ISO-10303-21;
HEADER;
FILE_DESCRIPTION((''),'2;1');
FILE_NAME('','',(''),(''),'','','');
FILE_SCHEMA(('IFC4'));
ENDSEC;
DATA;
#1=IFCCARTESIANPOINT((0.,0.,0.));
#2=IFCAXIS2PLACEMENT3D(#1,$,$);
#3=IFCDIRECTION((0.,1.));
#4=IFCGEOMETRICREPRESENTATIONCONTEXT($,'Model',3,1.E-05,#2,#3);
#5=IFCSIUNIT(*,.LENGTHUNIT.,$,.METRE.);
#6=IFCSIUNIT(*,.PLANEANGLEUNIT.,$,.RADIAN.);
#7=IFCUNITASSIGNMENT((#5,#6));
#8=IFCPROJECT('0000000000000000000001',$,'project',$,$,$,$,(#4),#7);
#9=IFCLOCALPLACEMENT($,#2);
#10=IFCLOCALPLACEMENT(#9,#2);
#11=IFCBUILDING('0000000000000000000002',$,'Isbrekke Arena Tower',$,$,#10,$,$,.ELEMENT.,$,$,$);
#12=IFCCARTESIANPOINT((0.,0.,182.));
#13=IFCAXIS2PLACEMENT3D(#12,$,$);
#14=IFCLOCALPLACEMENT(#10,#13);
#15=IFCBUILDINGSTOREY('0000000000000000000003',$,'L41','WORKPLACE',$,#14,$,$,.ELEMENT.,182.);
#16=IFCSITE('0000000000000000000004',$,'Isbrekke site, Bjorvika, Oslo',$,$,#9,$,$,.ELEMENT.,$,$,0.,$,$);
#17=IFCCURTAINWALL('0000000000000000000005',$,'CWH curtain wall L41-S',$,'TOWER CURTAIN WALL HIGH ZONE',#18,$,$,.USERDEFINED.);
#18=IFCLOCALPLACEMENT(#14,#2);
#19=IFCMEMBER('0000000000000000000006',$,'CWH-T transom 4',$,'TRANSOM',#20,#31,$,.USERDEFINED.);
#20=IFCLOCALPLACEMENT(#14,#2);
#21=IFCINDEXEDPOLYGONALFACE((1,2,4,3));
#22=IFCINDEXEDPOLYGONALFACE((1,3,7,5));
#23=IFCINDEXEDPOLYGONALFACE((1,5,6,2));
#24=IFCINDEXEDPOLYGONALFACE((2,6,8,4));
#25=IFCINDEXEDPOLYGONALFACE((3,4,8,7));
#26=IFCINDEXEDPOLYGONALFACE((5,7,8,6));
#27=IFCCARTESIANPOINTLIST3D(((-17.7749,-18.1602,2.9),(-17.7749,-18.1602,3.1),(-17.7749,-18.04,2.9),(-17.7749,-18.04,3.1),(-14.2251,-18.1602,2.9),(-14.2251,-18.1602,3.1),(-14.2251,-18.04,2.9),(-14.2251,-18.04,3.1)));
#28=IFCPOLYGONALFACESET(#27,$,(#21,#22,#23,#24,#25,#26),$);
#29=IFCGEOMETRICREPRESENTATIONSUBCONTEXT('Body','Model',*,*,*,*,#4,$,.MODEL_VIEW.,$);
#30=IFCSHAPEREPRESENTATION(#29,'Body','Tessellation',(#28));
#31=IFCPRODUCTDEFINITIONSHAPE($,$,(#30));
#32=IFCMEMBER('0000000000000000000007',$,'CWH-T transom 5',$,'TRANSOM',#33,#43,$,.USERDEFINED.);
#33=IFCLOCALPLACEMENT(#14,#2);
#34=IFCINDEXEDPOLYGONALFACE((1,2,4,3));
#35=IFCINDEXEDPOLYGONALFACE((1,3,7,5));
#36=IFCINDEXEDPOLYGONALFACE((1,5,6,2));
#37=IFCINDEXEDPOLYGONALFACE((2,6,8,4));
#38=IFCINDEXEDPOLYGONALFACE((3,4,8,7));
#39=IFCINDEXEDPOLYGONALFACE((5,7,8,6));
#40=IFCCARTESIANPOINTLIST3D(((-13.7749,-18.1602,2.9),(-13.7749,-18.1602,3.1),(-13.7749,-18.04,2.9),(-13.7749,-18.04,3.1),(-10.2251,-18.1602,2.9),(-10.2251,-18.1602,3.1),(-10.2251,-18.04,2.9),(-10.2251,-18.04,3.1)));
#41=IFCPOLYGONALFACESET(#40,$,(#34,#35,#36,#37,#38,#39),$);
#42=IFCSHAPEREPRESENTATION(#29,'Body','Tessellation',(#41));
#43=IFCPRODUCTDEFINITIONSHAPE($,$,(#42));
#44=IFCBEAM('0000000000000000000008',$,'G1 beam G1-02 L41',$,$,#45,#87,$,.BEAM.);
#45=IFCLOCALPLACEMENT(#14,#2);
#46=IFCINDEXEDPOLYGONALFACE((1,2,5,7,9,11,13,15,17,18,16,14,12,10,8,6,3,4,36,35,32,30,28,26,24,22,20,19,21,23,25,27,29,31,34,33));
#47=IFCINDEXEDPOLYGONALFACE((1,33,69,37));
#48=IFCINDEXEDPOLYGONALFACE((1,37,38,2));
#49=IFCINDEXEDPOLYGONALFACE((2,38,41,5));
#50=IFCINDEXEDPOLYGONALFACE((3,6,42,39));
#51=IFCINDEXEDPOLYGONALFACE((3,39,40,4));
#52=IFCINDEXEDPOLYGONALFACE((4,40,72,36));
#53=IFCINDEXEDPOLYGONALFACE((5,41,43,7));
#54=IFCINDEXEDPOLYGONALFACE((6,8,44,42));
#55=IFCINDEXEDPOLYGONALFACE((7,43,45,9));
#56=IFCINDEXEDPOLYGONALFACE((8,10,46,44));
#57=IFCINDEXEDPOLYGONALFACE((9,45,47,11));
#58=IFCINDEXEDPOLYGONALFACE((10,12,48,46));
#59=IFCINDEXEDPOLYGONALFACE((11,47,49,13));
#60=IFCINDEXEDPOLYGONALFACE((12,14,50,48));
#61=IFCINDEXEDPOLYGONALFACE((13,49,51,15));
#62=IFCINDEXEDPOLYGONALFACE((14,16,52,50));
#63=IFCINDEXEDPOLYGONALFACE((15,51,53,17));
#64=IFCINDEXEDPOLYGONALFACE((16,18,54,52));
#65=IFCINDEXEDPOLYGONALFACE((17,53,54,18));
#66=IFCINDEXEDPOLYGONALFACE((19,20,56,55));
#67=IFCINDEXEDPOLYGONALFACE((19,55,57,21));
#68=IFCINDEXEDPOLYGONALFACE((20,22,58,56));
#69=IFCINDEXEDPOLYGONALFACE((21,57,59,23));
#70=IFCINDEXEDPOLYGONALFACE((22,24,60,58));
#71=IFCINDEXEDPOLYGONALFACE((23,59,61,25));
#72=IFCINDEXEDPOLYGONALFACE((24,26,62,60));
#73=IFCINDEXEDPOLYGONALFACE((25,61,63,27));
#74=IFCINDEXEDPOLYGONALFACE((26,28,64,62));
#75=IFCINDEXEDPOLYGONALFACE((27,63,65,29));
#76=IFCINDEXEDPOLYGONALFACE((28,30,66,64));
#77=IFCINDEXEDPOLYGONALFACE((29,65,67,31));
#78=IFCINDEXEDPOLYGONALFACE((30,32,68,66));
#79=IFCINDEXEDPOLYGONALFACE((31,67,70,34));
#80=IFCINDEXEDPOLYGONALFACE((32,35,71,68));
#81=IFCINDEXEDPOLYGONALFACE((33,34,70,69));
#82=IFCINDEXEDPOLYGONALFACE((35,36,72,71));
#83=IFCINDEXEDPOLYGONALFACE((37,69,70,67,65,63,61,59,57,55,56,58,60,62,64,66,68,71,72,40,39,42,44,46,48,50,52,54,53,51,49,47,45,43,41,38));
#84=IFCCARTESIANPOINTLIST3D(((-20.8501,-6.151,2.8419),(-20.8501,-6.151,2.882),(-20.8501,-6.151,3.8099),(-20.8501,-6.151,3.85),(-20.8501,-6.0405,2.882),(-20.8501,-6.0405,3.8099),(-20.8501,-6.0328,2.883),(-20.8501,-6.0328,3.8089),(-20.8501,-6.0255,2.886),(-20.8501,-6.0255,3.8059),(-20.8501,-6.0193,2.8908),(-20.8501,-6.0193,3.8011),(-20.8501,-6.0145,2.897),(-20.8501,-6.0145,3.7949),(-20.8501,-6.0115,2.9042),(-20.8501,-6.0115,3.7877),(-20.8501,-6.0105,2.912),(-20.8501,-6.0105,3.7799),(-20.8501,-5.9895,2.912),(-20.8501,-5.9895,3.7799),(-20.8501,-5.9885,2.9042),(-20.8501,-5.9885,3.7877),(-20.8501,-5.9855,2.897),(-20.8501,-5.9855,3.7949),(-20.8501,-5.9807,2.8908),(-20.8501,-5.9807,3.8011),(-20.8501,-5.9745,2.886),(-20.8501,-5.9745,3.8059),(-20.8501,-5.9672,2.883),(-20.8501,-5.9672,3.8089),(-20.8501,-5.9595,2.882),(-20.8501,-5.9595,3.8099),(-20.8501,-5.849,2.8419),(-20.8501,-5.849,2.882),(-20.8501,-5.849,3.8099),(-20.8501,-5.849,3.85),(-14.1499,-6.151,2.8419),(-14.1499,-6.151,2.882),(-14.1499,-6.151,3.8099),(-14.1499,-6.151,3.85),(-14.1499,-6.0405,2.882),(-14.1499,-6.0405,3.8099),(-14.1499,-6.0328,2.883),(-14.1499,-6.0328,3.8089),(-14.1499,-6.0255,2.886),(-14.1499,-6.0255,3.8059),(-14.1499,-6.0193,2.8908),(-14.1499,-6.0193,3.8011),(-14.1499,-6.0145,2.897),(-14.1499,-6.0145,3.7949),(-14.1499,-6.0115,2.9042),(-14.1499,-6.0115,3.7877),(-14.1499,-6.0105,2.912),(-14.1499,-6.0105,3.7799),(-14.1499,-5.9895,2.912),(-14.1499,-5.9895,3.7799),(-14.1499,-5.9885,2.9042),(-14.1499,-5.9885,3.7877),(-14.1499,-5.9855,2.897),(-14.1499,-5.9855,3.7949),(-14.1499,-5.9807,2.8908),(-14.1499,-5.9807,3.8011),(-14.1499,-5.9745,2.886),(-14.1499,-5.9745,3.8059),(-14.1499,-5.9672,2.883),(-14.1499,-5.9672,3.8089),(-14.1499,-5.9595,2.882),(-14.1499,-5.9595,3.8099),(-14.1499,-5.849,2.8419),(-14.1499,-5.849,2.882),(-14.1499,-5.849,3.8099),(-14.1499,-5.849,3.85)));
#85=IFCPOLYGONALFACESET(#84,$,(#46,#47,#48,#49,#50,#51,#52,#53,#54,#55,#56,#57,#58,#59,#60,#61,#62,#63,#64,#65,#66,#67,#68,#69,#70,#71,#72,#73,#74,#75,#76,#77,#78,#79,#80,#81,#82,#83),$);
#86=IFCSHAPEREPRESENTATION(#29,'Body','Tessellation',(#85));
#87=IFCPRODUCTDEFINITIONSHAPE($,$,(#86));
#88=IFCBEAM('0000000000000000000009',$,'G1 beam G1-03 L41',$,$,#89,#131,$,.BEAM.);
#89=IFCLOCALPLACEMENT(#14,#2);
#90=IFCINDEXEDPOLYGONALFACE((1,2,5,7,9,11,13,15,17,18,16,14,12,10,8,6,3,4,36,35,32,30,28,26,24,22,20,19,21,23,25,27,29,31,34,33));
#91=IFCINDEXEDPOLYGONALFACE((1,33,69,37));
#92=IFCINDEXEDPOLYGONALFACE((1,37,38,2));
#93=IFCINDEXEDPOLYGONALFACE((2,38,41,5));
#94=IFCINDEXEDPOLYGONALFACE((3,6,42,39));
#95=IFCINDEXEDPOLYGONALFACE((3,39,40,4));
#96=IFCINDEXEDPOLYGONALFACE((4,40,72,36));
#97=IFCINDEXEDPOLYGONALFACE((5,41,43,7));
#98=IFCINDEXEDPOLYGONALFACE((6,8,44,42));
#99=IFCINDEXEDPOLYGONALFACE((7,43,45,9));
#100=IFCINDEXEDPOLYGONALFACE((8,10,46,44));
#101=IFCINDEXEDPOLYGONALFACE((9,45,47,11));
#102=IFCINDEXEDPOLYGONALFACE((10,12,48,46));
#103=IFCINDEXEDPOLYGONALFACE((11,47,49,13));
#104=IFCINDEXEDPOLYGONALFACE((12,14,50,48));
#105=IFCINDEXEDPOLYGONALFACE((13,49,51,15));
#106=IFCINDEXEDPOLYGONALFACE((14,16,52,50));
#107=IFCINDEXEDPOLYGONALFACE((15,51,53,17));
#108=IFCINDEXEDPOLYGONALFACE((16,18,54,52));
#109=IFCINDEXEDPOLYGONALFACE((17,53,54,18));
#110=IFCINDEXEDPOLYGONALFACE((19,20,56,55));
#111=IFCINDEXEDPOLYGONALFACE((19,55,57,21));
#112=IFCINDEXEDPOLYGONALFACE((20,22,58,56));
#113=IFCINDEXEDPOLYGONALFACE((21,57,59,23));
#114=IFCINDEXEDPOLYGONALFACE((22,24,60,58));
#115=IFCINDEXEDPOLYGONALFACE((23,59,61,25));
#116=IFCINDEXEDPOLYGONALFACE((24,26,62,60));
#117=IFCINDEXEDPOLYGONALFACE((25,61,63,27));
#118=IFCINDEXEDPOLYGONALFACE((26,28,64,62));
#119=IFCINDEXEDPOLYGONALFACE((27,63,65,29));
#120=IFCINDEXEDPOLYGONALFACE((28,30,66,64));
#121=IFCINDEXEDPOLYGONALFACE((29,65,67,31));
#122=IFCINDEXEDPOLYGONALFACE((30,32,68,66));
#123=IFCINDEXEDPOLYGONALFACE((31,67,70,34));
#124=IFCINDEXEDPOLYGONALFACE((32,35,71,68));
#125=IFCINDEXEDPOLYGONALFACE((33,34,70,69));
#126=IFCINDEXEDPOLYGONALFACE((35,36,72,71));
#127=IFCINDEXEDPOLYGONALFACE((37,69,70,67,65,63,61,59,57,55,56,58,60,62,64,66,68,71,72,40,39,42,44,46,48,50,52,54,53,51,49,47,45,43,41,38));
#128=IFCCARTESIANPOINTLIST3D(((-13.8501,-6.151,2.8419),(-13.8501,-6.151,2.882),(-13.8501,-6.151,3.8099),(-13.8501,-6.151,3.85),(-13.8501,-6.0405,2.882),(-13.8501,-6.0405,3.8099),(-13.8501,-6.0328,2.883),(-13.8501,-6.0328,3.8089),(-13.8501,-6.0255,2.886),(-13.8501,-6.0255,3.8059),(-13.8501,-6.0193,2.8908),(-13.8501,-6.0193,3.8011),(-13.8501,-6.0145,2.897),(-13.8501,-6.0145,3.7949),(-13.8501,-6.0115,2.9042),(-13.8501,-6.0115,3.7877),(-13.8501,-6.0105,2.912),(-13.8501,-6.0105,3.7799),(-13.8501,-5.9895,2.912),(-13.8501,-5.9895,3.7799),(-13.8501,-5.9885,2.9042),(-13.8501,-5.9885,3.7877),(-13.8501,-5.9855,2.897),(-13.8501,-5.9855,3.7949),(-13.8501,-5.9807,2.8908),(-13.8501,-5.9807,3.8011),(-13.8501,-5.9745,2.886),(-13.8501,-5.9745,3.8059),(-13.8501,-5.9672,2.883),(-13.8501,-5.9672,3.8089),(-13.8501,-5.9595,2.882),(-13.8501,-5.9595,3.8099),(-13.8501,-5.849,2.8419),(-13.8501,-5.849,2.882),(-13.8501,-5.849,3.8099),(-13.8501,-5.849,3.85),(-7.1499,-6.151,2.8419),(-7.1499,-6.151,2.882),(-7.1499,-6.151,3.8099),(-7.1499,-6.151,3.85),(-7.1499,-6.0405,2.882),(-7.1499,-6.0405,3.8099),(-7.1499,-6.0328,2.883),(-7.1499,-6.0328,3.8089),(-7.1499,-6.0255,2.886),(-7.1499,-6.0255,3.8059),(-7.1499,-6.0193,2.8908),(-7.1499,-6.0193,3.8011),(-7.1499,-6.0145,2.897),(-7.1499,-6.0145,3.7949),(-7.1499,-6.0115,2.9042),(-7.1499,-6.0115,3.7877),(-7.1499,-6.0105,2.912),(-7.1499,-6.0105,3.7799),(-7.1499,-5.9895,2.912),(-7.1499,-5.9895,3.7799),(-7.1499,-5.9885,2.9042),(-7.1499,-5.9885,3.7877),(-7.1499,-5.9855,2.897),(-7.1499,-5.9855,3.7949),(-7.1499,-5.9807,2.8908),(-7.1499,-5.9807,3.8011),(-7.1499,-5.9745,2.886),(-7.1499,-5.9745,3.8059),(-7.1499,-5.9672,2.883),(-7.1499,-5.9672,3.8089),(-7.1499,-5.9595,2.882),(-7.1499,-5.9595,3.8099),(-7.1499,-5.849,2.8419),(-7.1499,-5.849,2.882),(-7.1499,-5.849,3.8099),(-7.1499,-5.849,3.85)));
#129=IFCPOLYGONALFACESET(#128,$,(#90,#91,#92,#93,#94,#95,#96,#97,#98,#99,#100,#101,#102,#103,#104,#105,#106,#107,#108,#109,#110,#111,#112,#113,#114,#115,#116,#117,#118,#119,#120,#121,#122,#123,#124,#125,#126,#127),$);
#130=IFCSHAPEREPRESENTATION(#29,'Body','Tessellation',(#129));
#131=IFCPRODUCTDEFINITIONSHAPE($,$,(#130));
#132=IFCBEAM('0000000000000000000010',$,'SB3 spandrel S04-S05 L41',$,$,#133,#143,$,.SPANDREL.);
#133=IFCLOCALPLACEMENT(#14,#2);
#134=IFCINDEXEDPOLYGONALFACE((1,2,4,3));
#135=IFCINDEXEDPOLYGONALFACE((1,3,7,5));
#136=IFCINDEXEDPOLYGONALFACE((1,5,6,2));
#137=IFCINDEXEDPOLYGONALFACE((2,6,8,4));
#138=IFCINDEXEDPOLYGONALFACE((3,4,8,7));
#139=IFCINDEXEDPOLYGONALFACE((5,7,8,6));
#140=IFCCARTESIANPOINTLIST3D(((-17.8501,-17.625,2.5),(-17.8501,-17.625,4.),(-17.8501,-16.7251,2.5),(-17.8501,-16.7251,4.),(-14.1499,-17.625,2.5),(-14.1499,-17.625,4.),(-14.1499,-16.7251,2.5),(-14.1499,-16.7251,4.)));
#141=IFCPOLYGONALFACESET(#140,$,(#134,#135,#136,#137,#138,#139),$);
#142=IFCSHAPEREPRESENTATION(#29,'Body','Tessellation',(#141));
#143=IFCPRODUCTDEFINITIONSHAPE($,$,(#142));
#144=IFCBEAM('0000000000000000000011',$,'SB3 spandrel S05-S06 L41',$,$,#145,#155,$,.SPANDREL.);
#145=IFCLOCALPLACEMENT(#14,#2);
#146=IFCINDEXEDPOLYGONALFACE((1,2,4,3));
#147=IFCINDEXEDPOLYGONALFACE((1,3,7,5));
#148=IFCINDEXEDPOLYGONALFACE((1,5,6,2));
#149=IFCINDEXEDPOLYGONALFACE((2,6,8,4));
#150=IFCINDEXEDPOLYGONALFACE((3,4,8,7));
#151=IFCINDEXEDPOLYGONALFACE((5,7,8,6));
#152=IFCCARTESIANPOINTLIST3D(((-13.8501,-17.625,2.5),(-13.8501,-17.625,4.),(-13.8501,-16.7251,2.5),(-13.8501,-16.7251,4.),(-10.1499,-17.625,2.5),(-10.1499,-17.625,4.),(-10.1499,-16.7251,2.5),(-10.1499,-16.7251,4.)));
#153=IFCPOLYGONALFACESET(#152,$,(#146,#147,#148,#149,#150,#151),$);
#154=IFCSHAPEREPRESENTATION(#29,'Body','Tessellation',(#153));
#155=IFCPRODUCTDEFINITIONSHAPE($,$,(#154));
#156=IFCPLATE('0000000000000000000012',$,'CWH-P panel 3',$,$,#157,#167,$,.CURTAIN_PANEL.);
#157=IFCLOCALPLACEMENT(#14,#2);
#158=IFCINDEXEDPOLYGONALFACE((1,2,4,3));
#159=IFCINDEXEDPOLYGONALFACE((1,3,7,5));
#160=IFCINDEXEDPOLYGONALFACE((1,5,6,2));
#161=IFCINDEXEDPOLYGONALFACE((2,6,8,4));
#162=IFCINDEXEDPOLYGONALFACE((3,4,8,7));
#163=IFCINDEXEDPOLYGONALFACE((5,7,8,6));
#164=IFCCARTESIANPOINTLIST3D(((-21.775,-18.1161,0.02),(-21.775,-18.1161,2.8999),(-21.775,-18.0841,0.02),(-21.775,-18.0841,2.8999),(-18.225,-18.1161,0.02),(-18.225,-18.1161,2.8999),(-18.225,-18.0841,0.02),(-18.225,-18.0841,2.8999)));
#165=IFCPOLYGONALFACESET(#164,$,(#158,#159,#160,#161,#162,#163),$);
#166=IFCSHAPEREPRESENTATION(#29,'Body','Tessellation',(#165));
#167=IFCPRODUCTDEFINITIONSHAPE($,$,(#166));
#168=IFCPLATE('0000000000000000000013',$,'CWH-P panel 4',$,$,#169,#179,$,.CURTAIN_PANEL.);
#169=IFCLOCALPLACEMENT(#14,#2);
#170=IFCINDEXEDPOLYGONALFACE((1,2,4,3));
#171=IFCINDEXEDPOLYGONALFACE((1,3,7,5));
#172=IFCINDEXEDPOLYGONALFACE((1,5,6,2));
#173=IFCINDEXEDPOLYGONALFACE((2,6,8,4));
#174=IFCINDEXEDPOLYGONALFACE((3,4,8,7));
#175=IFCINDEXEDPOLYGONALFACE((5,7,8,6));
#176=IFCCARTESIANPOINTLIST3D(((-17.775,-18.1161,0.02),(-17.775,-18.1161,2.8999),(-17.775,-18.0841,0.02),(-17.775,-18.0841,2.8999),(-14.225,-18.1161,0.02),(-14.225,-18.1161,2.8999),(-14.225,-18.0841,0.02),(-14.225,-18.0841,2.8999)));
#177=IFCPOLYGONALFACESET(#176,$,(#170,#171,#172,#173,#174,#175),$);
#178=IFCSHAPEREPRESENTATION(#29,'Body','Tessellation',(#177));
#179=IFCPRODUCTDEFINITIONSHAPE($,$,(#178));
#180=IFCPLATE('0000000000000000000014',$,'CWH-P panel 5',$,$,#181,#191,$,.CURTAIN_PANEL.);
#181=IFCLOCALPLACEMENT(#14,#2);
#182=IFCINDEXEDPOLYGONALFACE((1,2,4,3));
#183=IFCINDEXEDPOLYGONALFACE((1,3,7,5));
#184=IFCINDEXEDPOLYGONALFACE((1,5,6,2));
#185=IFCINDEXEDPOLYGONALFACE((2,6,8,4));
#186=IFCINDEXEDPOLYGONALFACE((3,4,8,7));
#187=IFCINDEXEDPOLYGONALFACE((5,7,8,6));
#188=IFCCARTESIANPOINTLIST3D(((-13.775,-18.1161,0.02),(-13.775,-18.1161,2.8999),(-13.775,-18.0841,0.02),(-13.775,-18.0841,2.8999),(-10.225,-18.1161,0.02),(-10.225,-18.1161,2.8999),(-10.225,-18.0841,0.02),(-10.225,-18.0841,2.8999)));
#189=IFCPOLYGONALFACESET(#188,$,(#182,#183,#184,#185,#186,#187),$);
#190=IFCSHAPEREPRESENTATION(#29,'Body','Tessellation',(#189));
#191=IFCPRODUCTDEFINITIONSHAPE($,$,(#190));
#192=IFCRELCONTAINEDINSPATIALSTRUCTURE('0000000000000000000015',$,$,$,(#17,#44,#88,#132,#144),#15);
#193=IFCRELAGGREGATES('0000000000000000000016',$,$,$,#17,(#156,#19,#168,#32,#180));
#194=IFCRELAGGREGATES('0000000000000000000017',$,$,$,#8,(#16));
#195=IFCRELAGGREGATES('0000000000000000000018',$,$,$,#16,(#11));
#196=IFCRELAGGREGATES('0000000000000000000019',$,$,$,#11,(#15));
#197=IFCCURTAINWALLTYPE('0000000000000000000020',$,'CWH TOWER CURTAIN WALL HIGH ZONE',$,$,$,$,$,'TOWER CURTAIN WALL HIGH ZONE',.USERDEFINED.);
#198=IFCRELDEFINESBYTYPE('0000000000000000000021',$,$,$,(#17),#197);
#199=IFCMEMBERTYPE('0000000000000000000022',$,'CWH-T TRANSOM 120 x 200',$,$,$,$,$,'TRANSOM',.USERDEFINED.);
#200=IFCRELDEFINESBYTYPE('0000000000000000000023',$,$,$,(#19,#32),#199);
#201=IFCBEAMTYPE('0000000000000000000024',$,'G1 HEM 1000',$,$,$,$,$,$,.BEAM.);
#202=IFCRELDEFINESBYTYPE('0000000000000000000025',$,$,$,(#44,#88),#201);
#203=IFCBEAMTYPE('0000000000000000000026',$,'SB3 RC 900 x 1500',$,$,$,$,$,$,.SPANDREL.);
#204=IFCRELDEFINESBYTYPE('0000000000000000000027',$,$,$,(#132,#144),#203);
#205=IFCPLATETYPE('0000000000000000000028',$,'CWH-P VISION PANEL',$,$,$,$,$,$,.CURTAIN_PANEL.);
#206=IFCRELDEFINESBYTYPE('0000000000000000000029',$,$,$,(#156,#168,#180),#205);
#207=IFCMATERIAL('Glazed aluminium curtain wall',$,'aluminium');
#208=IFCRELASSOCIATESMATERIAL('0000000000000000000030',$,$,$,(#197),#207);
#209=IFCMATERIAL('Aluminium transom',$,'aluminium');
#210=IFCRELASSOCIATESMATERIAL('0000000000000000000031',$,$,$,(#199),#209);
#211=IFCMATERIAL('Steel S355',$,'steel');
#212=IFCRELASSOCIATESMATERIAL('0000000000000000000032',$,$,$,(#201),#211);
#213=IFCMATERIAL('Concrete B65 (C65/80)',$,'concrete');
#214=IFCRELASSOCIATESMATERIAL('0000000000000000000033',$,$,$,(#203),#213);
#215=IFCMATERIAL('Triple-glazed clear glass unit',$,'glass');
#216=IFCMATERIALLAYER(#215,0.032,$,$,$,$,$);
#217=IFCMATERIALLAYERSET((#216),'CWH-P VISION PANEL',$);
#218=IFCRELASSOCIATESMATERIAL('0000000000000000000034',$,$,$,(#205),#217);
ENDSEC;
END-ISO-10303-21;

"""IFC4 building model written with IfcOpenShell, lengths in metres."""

from ifc_helpers import new_model, si_unit, direction, frame, origin, origin_2d, place, context, subcontext, project, spatial, rectangle, i_section, extrude, material, layer, layer_set, material_profile, profile_set, type_object, element, aggregate, save


model = new_model("IFC4")

# Units and contexts
model_context = context("Model", 3, precision=1e-05, world=origin(), true_north=direction((0.0, 1.0)))
body_context = subcontext(model_context, "Body", "Model", "MODEL_VIEW")
ifc_project = project(units=[si_unit("LENGTHUNIT", "METRE"), si_unit("PLANEANGLEUNIT", "RADIAN")], contexts=[model_context])

# Site, building, storey
site_placement = place(None, origin())
site = spatial("IfcSite", under=ifc_project, at=site_placement, Name="Isbrekke site, Bjorvika, Oslo", CompositionType="ELEMENT", RefElevation=0.0)
building_placement = place(site_placement, origin())
building = spatial("IfcBuilding", under=site, at=building_placement, Name="Isbrekke Arena Tower", CompositionType="ELEMENT")
storey_placement = place(building_placement, frame((0.0, 0.0, 182.0)))
storey = spatial("IfcBuildingStorey", under=building, at=storey_placement, Name="L41", Description="WORKPLACE", CompositionType="ELEMENT", Elevation=182.0)

# Curtain wall, members
ifc_material_1 = material(Name="Glazed aluminium curtain wall", Category="aluminium")
curtain_wall_type = type_object("IfcCurtainWallType", Name="CWH TOWER CURTAIN WALL HIGH ZONE", ElementType="TOWER CURTAIN WALL HIGH ZONE", PredefinedType="USERDEFINED", material=ifc_material_1)
curtain_wall_placement = place(storey_placement, origin())
curtain_wall = element("IfcCurtainWall", 1, at=curtain_wall_placement, inside=storey, type_object=curtain_wall_type, Name="CWH curtain wall L41-S", ObjectType="TOWER CURTAIN WALL HIGH ZONE", PredefinedType="USERDEFINED")
ifc_material_2 = material(Name="Aluminium transom", Category="aluminium")
ifc_material_profile_1 = material_profile(ifc_material_2, rectangle(XDim=0.1201, YDim=0.2, at=origin_2d()), Name="TRANSOM 120X200")
ifc_profile_set_1 = profile_set([ifc_material_profile_1], Name="Aluminium transom")
member_type_1 = type_object("IfcMemberType", Name="CWH-T TRANSOM 120 x 200", ElementType="TRANSOM", PredefinedType="USERDEFINED", material=ifc_profile_set_1)
member_1_placement = place(storey_placement, frame((-17.7749, -18.1001, 3.0), z_axis=(1.0, 0.0, 0.0), x_axis=(0.0, 1.0, 0.0)))
member_1 = element("IfcMember", 2, at=member_1_placement, type_object=member_type_1, Name="CWH-T transom 4", ObjectType="TRANSOM", PredefinedType="USERDEFINED", context=body_context, shape_type="SweptSolid", body=[
    extrude(rectangle(XDim=0.1201, YDim=0.2, at=origin_2d()), origin(), (0.0, 0.0, 1.0), 3.5498),
])
member_2_placement = place(storey_placement, frame((-13.7749, -18.1001, 3.0), z_axis=(1.0, 0.0, 0.0), x_axis=(0.0, 1.0, 0.0)))
member_2 = element("IfcMember", 3, at=member_2_placement, type_object=member_type_1, Name="CWH-T transom 5", ObjectType="TRANSOM", PredefinedType="USERDEFINED", context=body_context, shape_type="SweptSolid", body=[
    extrude(rectangle(XDim=0.1201, YDim=0.2, at=origin_2d()), origin(), (0.0, 0.0, 1.0), 3.5498),
])

# Beams
ifc_material_3 = material(Name="Steel S355", Category="steel")
ifc_material_profile_2 = material_profile(ifc_material_3, i_section(OverallWidth=0.302, OverallDepth=1.0081, WebThickness=0.021, FlangeThickness=0.04, FilletRadius=0.03, at=origin_2d()), Name="HEM 1000")
ifc_profile_set_2 = profile_set([ifc_material_profile_2], Name="Steel S355")
beam_type_1 = type_object("IfcBeamType", Name="G1 HEM 1000", PredefinedType="BEAM", material=ifc_profile_set_2)
for number, where, z_axis, x_axis, name in (
    (4, (-20.8501, -6.0, 3.3459), (1.0, 0.0, 0.0), (0.0, 1.0, 0.0), "G1 beam G1-02 L41"),
    (5, (-13.8501, -6.0, 3.3459), (1.0, 0.0, 0.0), (0.0, 1.0, 0.0), "G1 beam G1-03 L41"),
):
    element("IfcBeam", number, at=place(storey_placement, frame(where, z_axis=z_axis, x_axis=x_axis)), inside=storey, type_object=beam_type_1, Name=name, PredefinedType="BEAM", context=body_context, shape_type="SweptSolid", body=[
        extrude(i_section(OverallWidth=0.302, OverallDepth=1.0081, WebThickness=0.021, FlangeThickness=0.04, FilletRadius=0.03, at=origin_2d()), origin(), (0.0, 0.0, 1.0), 6.7002),
    ])
ifc_material_4 = material(Name="Concrete B65 (C65/80)", Category="concrete")
ifc_material_profile_3 = material_profile(ifc_material_4, rectangle(XDim=0.8999, YDim=1.5, at=origin_2d()), Name="RC 900x1500")
ifc_profile_set_3 = profile_set([ifc_material_profile_3], Name="Concrete B65 (C65/80)")
beam_type_2 = type_object("IfcBeamType", Name="SB3 RC 900 x 1500", PredefinedType="SPANDREL", material=ifc_profile_set_3)
for number, where, z_axis, x_axis, name in (
    (6, (-17.8501, -17.175, 3.25), (1.0, 0.0, 0.0), (0.0, 1.0, 0.0), "SB3 spandrel S04-S05 L41"),
    (7, (-13.8501, -17.175, 3.25), (1.0, 0.0, 0.0), (0.0, 1.0, 0.0), "SB3 spandrel S05-S06 L41"),
):
    element("IfcBeam", number, at=place(storey_placement, frame(where, z_axis=z_axis, x_axis=x_axis)), inside=storey, type_object=beam_type_2, Name=name, PredefinedType="SPANDREL", context=body_context, shape_type="SweptSolid", body=[
        extrude(rectangle(XDim=0.8999, YDim=1.5, at=origin_2d()), origin(), (0.0, 0.0, 1.0), 3.7002),
    ])

# Plates
ifc_material_5 = material(Name="Triple-glazed clear glass unit", Category="glass")
ifc_layer_1 = layer(ifc_material_5, 0.032)
ifc_layer_set_1 = layer_set([ifc_layer_1], Name="CWH-P VISION PANEL")
plate_type = type_object("IfcPlateType", Name="CWH-P VISION PANEL", PredefinedType="CURTAIN_PANEL", material=ifc_layer_set_1)
plate_1_placement = place(storey_placement, frame((-20.0, -18.1001, 0.02), z_axis=(0.0, 0.0, 1.0), x_axis=(1.0, 0.0, 0.0)))
plate_1 = element("IfcPlate", 8, at=plate_1_placement, type_object=plate_type, Name="CWH-P panel 3", PredefinedType="CURTAIN_PANEL", context=body_context, shape_type="SweptSolid", body=[
    extrude(rectangle(XDim=3.55, YDim=0.032, at=origin_2d()), origin(), (0.0, 0.0, 1.0), 2.8799),
])
plate_2_placement = place(storey_placement, frame((-16.0, -18.1001, 0.02), z_axis=(0.0, 0.0, 1.0), x_axis=(1.0, 0.0, 0.0)))
plate_2 = element("IfcPlate", 9, at=plate_2_placement, type_object=plate_type, Name="CWH-P panel 4", PredefinedType="CURTAIN_PANEL", context=body_context, shape_type="SweptSolid", body=[
    extrude(rectangle(XDim=3.55, YDim=0.032, at=origin_2d()), origin(), (0.0, 0.0, 1.0), 2.8799),
])
plate_3_placement = place(storey_placement, frame((-12.0, -18.1001, 0.02), z_axis=(0.0, 0.0, 1.0), x_axis=(1.0, 0.0, 0.0)))
plate_3 = element("IfcPlate", 10, at=plate_3_placement, type_object=plate_type, Name="CWH-P panel 5", PredefinedType="CURTAIN_PANEL", context=body_context, shape_type="SweptSolid", body=[
    extrude(rectangle(XDim=3.55, YDim=0.032, at=origin_2d()), origin(), (0.0, 0.0, 1.0), 2.8799),
])
aggregate(curtain_wall, [plate_1, member_1, plate_2, member_2, plate_3])

save(model, "model.ifc")
